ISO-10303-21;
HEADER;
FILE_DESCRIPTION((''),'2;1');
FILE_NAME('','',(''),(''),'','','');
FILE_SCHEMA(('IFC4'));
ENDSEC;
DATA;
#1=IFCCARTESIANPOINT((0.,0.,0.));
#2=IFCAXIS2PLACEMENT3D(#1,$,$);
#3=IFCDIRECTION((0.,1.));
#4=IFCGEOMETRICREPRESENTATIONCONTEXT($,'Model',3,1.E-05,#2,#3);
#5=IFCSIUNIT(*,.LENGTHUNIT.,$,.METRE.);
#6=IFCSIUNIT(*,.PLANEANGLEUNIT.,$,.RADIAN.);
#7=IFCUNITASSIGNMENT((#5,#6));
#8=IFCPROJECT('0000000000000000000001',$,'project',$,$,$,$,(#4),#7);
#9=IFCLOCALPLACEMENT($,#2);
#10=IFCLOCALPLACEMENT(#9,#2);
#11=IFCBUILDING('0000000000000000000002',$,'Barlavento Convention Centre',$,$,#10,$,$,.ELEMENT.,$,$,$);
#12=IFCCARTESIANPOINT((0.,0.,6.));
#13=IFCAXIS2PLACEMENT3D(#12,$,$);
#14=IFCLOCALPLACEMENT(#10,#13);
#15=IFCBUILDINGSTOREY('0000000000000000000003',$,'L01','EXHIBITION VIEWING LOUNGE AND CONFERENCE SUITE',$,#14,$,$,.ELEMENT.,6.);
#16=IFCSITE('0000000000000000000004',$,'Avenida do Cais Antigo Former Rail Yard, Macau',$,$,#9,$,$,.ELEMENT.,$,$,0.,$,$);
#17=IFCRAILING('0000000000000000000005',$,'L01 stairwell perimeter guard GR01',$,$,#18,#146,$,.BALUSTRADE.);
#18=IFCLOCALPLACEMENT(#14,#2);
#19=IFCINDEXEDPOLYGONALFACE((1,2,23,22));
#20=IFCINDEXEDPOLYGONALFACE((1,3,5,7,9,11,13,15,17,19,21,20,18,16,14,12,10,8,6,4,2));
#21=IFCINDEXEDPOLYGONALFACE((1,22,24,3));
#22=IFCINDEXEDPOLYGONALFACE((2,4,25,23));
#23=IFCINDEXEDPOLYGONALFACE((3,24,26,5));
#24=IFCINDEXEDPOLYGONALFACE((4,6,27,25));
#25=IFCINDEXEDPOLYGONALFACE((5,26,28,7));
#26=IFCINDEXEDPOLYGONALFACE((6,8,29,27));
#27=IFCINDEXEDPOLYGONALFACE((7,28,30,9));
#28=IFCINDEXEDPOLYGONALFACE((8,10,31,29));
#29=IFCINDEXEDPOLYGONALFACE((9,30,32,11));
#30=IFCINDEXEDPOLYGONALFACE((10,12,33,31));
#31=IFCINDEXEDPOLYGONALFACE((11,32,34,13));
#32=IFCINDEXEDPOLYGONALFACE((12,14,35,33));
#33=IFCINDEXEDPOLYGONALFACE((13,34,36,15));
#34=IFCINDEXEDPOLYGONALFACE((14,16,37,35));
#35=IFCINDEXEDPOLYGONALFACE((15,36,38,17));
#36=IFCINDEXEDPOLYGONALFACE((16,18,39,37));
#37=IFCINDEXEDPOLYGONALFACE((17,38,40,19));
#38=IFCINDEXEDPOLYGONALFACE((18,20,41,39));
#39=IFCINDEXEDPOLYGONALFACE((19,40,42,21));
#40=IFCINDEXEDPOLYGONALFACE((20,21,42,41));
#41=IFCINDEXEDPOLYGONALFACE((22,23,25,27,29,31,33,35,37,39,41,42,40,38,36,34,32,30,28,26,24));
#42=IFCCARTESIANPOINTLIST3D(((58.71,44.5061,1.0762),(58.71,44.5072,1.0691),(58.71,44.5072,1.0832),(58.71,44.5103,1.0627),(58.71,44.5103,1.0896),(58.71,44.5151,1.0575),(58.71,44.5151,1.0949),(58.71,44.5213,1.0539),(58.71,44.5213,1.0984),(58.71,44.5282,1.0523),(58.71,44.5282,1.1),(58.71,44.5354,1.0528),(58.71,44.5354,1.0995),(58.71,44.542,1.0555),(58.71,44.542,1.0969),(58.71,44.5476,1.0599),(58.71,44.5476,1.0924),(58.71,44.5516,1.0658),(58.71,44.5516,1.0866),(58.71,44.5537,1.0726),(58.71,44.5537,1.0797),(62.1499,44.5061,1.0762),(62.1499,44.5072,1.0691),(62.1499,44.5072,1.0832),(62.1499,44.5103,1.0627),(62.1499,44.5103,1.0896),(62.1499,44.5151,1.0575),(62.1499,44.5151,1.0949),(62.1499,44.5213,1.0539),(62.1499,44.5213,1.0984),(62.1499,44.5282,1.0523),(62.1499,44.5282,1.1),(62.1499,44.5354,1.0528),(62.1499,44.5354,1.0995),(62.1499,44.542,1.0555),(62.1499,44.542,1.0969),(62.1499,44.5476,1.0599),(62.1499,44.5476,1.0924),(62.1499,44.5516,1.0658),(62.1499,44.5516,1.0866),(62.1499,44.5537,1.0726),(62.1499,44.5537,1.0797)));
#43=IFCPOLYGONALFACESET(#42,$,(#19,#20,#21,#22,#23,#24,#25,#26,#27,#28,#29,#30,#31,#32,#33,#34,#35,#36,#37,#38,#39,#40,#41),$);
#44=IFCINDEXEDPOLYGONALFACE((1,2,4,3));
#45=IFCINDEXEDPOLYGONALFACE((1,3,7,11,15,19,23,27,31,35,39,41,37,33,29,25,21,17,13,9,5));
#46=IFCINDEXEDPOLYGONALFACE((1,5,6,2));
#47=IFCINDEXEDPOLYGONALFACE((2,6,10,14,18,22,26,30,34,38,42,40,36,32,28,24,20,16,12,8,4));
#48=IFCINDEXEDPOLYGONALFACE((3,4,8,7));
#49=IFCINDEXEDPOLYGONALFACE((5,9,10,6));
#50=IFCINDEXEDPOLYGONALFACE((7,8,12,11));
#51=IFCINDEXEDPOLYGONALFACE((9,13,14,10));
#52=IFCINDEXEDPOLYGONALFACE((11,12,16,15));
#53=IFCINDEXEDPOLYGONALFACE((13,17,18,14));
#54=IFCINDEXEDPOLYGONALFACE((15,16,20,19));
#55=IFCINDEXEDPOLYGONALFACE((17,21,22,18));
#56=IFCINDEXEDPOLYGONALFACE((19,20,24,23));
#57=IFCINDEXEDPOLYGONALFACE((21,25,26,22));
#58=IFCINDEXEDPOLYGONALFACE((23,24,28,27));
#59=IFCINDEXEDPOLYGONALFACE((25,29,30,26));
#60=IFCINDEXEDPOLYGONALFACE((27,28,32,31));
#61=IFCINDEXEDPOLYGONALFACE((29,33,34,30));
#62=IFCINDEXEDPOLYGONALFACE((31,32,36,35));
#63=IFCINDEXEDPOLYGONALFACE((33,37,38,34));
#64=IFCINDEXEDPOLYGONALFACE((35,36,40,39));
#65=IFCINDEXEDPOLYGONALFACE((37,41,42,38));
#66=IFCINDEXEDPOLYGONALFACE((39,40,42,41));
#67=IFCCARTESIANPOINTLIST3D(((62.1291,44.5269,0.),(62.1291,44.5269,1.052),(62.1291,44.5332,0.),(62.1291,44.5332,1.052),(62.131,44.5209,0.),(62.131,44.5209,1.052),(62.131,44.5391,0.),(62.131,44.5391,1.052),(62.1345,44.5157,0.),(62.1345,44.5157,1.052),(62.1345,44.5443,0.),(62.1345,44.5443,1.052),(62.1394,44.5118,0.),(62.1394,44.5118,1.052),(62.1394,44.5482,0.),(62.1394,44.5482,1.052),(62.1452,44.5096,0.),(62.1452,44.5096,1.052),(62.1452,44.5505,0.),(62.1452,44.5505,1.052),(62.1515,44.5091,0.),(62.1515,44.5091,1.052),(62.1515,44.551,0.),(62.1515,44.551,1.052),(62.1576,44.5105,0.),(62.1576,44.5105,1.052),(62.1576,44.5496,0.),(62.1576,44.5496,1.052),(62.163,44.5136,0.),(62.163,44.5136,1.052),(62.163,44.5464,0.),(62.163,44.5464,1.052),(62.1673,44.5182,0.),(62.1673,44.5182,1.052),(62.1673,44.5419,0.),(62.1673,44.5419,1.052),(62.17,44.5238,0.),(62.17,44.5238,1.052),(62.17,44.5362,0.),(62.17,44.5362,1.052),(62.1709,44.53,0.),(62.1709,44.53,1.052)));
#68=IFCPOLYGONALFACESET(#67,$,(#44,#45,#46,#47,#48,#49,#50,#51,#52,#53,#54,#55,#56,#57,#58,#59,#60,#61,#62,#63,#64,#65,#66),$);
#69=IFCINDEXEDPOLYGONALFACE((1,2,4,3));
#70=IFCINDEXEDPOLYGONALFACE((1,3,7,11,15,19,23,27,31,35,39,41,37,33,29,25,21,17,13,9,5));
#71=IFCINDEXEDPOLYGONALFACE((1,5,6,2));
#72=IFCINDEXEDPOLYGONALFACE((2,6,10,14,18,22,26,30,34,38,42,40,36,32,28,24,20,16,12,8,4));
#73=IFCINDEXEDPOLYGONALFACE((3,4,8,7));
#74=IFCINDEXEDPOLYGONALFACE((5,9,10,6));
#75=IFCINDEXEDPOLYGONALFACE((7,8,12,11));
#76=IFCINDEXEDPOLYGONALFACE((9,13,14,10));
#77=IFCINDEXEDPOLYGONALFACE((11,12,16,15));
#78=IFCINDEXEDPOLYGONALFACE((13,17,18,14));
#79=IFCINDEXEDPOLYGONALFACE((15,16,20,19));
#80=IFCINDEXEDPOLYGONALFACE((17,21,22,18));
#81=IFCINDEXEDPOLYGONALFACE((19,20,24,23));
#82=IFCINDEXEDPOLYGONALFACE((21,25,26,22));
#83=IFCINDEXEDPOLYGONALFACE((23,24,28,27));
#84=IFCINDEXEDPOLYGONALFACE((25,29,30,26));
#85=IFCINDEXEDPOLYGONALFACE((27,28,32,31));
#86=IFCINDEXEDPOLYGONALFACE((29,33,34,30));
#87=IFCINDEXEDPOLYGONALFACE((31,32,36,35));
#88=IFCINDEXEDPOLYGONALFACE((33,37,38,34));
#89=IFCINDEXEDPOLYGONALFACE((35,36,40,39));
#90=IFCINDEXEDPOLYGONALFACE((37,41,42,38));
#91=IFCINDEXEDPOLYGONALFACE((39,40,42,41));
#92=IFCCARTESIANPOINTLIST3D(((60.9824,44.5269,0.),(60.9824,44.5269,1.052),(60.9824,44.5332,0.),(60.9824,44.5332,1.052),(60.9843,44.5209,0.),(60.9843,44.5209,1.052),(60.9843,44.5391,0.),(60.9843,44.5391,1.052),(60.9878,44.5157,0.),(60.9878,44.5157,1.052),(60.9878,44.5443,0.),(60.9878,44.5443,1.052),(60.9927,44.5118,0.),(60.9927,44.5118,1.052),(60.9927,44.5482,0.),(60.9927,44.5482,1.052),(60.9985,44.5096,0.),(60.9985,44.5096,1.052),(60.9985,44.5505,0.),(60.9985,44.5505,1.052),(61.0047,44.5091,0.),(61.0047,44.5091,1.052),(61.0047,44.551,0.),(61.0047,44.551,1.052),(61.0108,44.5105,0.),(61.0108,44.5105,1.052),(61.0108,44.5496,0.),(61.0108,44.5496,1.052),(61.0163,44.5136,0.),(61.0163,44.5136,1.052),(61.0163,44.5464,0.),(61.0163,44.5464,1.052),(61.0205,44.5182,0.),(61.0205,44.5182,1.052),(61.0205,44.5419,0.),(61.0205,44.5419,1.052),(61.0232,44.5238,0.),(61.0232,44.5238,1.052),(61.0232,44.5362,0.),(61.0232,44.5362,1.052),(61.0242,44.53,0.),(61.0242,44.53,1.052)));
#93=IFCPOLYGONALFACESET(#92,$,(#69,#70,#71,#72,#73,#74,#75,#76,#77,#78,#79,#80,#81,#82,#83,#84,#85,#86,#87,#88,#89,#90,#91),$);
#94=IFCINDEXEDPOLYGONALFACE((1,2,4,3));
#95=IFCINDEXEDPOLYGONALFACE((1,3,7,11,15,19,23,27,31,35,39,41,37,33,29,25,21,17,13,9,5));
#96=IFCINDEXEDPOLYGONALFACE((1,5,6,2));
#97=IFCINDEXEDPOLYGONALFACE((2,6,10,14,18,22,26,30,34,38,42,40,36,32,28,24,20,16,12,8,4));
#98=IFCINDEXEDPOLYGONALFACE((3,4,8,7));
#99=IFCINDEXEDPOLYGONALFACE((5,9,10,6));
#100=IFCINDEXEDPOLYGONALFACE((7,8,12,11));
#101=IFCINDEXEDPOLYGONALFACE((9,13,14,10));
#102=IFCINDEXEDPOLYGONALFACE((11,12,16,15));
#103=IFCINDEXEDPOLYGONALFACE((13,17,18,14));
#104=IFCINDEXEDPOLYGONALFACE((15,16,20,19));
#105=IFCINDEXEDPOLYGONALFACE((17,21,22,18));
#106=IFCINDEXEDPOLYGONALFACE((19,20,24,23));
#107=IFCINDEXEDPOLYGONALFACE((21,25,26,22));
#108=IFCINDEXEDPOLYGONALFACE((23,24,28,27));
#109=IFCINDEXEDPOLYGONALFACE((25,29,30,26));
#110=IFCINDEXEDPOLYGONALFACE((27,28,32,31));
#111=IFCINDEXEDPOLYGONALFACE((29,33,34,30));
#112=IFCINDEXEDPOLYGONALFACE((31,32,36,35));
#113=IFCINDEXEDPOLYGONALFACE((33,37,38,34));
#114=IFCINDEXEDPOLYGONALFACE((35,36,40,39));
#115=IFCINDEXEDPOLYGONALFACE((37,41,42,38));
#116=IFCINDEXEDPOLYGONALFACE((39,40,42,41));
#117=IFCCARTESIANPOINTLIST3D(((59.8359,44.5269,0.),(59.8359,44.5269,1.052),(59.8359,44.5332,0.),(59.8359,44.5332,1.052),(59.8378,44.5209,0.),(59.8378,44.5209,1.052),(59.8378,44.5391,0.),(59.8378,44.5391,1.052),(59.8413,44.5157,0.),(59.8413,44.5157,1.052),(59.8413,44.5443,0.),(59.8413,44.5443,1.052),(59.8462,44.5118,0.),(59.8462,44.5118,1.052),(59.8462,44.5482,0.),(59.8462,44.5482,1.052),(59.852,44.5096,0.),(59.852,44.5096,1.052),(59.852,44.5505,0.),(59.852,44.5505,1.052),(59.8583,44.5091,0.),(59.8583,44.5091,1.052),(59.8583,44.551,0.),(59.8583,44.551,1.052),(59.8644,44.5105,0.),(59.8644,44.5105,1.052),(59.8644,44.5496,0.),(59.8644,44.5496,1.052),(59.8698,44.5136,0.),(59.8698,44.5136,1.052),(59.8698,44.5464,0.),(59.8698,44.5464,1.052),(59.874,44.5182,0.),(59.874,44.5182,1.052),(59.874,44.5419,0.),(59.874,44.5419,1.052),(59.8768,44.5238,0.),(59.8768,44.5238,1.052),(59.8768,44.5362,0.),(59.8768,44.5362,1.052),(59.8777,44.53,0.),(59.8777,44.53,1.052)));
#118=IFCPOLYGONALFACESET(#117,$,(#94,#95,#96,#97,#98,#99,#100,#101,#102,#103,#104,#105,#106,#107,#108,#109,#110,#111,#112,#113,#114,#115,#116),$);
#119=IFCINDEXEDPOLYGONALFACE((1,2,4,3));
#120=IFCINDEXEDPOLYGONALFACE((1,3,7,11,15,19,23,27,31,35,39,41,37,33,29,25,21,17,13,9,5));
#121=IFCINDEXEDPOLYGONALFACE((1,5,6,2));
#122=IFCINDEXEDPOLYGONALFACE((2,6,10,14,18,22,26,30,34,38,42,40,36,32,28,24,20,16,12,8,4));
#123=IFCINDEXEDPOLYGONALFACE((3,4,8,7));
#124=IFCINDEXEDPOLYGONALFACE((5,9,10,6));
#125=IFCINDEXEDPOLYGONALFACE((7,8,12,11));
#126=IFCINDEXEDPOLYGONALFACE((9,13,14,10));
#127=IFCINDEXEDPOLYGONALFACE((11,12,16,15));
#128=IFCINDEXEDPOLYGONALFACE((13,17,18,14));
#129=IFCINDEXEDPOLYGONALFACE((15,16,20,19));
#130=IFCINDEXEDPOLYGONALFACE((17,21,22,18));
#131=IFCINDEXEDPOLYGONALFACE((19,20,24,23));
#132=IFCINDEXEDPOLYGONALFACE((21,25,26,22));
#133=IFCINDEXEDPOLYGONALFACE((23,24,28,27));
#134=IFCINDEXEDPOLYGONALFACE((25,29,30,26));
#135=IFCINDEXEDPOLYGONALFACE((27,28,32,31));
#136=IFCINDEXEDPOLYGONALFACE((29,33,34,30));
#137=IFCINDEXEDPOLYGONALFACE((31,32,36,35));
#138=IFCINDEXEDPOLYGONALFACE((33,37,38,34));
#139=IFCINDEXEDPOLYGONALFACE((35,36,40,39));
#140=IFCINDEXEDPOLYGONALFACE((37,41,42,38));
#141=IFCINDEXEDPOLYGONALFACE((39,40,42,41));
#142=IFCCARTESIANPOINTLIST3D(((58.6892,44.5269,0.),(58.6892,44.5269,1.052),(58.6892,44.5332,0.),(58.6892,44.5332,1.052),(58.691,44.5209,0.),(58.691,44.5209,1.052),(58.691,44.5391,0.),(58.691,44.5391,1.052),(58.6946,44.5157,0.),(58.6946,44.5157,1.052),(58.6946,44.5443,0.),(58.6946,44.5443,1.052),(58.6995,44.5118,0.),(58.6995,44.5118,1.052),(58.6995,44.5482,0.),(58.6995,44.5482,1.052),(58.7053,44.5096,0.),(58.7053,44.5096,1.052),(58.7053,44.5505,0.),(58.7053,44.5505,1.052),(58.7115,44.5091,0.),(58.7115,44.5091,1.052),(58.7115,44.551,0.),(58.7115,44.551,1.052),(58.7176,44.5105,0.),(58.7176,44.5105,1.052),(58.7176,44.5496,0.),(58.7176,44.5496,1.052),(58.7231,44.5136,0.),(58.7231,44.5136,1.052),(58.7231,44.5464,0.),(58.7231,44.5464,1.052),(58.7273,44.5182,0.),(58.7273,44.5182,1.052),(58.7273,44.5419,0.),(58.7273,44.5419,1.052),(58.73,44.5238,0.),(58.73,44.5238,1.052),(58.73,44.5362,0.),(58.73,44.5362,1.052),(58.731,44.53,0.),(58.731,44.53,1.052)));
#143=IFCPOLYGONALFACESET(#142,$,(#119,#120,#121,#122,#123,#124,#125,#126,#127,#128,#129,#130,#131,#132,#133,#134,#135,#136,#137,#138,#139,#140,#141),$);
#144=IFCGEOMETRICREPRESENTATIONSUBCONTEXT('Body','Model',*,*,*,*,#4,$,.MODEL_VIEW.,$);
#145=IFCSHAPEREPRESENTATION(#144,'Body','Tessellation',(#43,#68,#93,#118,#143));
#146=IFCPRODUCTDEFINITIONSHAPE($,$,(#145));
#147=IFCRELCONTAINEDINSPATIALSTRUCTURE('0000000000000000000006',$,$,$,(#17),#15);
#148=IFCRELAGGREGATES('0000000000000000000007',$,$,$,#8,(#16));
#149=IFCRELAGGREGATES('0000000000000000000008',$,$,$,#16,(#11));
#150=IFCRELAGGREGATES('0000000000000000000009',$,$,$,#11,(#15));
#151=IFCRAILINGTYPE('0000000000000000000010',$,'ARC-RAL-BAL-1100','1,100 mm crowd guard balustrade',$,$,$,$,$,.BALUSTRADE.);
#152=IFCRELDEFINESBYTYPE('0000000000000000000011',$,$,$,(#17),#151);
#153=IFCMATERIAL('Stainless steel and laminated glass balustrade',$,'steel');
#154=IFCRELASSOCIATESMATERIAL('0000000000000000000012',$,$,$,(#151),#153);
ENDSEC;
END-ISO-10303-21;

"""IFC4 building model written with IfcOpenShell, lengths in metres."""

from ifc_helpers import new_model, si_unit, direction, frame, origin, origin_2d, place, context, subcontext, project, spatial, circle, extrude, material, type_object, element, save


model = new_model("IFC4")

# Units and contexts
model_context = context("Model", 3, precision=1e-05, world=origin(), true_north=direction((0.0, 1.0)))
body_context = subcontext(model_context, "Body", "Model", "MODEL_VIEW")
ifc_project = project(units=[si_unit("LENGTHUNIT", "METRE"), si_unit("PLANEANGLEUNIT", "RADIAN")], contexts=[model_context])

# Site, building, storey
site_placement = place(None, origin())
site = spatial("IfcSite", under=ifc_project, at=site_placement, Name="Avenida do Cais Antigo Former Rail Yard, Macau", CompositionType="ELEMENT", RefElevation=0.0)
building_placement = place(site_placement, origin())
building = spatial("IfcBuilding", under=site, at=building_placement, Name="Barlavento Convention Centre", CompositionType="ELEMENT")
storey_placement = place(building_placement, frame((0.0, 0.0, 6.0)))
storey = spatial("IfcBuildingStorey", under=building, at=storey_placement, Name="L01", Description="EXHIBITION VIEWING LOUNGE AND CONFERENCE SUITE", CompositionType="ELEMENT", Elevation=6.0)

# Railing
ifc_material_1 = material(Name="Stainless steel and laminated glass balustrade", Category="steel")
railing_type_1 = type_object("IfcRailingType", Name="ARC-RAL-BAL-1100", Description="1,100 mm crowd guard balustrade", PredefinedType="BALUSTRADE", material=ifc_material_1)
railing_1_placement = place(storey_placement, frame((62.1499, 44.53, 0.0)))
element("IfcRailing", 1, at=railing_1_placement, inside=storey, type_object=railing_type_1, Name="L01 stairwell perimeter guard GR01", PredefinedType="BALUSTRADE", context=body_context, shape_type="SweptSolid", body=[
    extrude(circle(Radius=0.0239, at=origin_2d()), frame((0.0, 0.0, 1.0762), z_axis=(-1.0, 0.0, 0.0), x_axis=(0.0, -1.0, 0.0)), (0.0, 0.0, 1.0), 3.4399),
    extrude(circle(Radius=0.021, at=origin_2d()), origin(), (0.0, 0.0, 1.0), 1.052),
    extrude(circle(Radius=0.021, at=origin_2d()), frame((-1.1467, 0.0, 0.0)), (0.0, 0.0, 1.0), 1.052),
    extrude(circle(Radius=0.021, at=origin_2d()), frame((-2.2932, 0.0, 0.0)), (0.0, 0.0, 1.0), 1.052),
    extrude(circle(Radius=0.021, at=origin_2d()), frame((-3.4399, 0.0, 0.0)), (0.0, 0.0, 1.0), 1.052),
])

save(model, "model.ifc")
